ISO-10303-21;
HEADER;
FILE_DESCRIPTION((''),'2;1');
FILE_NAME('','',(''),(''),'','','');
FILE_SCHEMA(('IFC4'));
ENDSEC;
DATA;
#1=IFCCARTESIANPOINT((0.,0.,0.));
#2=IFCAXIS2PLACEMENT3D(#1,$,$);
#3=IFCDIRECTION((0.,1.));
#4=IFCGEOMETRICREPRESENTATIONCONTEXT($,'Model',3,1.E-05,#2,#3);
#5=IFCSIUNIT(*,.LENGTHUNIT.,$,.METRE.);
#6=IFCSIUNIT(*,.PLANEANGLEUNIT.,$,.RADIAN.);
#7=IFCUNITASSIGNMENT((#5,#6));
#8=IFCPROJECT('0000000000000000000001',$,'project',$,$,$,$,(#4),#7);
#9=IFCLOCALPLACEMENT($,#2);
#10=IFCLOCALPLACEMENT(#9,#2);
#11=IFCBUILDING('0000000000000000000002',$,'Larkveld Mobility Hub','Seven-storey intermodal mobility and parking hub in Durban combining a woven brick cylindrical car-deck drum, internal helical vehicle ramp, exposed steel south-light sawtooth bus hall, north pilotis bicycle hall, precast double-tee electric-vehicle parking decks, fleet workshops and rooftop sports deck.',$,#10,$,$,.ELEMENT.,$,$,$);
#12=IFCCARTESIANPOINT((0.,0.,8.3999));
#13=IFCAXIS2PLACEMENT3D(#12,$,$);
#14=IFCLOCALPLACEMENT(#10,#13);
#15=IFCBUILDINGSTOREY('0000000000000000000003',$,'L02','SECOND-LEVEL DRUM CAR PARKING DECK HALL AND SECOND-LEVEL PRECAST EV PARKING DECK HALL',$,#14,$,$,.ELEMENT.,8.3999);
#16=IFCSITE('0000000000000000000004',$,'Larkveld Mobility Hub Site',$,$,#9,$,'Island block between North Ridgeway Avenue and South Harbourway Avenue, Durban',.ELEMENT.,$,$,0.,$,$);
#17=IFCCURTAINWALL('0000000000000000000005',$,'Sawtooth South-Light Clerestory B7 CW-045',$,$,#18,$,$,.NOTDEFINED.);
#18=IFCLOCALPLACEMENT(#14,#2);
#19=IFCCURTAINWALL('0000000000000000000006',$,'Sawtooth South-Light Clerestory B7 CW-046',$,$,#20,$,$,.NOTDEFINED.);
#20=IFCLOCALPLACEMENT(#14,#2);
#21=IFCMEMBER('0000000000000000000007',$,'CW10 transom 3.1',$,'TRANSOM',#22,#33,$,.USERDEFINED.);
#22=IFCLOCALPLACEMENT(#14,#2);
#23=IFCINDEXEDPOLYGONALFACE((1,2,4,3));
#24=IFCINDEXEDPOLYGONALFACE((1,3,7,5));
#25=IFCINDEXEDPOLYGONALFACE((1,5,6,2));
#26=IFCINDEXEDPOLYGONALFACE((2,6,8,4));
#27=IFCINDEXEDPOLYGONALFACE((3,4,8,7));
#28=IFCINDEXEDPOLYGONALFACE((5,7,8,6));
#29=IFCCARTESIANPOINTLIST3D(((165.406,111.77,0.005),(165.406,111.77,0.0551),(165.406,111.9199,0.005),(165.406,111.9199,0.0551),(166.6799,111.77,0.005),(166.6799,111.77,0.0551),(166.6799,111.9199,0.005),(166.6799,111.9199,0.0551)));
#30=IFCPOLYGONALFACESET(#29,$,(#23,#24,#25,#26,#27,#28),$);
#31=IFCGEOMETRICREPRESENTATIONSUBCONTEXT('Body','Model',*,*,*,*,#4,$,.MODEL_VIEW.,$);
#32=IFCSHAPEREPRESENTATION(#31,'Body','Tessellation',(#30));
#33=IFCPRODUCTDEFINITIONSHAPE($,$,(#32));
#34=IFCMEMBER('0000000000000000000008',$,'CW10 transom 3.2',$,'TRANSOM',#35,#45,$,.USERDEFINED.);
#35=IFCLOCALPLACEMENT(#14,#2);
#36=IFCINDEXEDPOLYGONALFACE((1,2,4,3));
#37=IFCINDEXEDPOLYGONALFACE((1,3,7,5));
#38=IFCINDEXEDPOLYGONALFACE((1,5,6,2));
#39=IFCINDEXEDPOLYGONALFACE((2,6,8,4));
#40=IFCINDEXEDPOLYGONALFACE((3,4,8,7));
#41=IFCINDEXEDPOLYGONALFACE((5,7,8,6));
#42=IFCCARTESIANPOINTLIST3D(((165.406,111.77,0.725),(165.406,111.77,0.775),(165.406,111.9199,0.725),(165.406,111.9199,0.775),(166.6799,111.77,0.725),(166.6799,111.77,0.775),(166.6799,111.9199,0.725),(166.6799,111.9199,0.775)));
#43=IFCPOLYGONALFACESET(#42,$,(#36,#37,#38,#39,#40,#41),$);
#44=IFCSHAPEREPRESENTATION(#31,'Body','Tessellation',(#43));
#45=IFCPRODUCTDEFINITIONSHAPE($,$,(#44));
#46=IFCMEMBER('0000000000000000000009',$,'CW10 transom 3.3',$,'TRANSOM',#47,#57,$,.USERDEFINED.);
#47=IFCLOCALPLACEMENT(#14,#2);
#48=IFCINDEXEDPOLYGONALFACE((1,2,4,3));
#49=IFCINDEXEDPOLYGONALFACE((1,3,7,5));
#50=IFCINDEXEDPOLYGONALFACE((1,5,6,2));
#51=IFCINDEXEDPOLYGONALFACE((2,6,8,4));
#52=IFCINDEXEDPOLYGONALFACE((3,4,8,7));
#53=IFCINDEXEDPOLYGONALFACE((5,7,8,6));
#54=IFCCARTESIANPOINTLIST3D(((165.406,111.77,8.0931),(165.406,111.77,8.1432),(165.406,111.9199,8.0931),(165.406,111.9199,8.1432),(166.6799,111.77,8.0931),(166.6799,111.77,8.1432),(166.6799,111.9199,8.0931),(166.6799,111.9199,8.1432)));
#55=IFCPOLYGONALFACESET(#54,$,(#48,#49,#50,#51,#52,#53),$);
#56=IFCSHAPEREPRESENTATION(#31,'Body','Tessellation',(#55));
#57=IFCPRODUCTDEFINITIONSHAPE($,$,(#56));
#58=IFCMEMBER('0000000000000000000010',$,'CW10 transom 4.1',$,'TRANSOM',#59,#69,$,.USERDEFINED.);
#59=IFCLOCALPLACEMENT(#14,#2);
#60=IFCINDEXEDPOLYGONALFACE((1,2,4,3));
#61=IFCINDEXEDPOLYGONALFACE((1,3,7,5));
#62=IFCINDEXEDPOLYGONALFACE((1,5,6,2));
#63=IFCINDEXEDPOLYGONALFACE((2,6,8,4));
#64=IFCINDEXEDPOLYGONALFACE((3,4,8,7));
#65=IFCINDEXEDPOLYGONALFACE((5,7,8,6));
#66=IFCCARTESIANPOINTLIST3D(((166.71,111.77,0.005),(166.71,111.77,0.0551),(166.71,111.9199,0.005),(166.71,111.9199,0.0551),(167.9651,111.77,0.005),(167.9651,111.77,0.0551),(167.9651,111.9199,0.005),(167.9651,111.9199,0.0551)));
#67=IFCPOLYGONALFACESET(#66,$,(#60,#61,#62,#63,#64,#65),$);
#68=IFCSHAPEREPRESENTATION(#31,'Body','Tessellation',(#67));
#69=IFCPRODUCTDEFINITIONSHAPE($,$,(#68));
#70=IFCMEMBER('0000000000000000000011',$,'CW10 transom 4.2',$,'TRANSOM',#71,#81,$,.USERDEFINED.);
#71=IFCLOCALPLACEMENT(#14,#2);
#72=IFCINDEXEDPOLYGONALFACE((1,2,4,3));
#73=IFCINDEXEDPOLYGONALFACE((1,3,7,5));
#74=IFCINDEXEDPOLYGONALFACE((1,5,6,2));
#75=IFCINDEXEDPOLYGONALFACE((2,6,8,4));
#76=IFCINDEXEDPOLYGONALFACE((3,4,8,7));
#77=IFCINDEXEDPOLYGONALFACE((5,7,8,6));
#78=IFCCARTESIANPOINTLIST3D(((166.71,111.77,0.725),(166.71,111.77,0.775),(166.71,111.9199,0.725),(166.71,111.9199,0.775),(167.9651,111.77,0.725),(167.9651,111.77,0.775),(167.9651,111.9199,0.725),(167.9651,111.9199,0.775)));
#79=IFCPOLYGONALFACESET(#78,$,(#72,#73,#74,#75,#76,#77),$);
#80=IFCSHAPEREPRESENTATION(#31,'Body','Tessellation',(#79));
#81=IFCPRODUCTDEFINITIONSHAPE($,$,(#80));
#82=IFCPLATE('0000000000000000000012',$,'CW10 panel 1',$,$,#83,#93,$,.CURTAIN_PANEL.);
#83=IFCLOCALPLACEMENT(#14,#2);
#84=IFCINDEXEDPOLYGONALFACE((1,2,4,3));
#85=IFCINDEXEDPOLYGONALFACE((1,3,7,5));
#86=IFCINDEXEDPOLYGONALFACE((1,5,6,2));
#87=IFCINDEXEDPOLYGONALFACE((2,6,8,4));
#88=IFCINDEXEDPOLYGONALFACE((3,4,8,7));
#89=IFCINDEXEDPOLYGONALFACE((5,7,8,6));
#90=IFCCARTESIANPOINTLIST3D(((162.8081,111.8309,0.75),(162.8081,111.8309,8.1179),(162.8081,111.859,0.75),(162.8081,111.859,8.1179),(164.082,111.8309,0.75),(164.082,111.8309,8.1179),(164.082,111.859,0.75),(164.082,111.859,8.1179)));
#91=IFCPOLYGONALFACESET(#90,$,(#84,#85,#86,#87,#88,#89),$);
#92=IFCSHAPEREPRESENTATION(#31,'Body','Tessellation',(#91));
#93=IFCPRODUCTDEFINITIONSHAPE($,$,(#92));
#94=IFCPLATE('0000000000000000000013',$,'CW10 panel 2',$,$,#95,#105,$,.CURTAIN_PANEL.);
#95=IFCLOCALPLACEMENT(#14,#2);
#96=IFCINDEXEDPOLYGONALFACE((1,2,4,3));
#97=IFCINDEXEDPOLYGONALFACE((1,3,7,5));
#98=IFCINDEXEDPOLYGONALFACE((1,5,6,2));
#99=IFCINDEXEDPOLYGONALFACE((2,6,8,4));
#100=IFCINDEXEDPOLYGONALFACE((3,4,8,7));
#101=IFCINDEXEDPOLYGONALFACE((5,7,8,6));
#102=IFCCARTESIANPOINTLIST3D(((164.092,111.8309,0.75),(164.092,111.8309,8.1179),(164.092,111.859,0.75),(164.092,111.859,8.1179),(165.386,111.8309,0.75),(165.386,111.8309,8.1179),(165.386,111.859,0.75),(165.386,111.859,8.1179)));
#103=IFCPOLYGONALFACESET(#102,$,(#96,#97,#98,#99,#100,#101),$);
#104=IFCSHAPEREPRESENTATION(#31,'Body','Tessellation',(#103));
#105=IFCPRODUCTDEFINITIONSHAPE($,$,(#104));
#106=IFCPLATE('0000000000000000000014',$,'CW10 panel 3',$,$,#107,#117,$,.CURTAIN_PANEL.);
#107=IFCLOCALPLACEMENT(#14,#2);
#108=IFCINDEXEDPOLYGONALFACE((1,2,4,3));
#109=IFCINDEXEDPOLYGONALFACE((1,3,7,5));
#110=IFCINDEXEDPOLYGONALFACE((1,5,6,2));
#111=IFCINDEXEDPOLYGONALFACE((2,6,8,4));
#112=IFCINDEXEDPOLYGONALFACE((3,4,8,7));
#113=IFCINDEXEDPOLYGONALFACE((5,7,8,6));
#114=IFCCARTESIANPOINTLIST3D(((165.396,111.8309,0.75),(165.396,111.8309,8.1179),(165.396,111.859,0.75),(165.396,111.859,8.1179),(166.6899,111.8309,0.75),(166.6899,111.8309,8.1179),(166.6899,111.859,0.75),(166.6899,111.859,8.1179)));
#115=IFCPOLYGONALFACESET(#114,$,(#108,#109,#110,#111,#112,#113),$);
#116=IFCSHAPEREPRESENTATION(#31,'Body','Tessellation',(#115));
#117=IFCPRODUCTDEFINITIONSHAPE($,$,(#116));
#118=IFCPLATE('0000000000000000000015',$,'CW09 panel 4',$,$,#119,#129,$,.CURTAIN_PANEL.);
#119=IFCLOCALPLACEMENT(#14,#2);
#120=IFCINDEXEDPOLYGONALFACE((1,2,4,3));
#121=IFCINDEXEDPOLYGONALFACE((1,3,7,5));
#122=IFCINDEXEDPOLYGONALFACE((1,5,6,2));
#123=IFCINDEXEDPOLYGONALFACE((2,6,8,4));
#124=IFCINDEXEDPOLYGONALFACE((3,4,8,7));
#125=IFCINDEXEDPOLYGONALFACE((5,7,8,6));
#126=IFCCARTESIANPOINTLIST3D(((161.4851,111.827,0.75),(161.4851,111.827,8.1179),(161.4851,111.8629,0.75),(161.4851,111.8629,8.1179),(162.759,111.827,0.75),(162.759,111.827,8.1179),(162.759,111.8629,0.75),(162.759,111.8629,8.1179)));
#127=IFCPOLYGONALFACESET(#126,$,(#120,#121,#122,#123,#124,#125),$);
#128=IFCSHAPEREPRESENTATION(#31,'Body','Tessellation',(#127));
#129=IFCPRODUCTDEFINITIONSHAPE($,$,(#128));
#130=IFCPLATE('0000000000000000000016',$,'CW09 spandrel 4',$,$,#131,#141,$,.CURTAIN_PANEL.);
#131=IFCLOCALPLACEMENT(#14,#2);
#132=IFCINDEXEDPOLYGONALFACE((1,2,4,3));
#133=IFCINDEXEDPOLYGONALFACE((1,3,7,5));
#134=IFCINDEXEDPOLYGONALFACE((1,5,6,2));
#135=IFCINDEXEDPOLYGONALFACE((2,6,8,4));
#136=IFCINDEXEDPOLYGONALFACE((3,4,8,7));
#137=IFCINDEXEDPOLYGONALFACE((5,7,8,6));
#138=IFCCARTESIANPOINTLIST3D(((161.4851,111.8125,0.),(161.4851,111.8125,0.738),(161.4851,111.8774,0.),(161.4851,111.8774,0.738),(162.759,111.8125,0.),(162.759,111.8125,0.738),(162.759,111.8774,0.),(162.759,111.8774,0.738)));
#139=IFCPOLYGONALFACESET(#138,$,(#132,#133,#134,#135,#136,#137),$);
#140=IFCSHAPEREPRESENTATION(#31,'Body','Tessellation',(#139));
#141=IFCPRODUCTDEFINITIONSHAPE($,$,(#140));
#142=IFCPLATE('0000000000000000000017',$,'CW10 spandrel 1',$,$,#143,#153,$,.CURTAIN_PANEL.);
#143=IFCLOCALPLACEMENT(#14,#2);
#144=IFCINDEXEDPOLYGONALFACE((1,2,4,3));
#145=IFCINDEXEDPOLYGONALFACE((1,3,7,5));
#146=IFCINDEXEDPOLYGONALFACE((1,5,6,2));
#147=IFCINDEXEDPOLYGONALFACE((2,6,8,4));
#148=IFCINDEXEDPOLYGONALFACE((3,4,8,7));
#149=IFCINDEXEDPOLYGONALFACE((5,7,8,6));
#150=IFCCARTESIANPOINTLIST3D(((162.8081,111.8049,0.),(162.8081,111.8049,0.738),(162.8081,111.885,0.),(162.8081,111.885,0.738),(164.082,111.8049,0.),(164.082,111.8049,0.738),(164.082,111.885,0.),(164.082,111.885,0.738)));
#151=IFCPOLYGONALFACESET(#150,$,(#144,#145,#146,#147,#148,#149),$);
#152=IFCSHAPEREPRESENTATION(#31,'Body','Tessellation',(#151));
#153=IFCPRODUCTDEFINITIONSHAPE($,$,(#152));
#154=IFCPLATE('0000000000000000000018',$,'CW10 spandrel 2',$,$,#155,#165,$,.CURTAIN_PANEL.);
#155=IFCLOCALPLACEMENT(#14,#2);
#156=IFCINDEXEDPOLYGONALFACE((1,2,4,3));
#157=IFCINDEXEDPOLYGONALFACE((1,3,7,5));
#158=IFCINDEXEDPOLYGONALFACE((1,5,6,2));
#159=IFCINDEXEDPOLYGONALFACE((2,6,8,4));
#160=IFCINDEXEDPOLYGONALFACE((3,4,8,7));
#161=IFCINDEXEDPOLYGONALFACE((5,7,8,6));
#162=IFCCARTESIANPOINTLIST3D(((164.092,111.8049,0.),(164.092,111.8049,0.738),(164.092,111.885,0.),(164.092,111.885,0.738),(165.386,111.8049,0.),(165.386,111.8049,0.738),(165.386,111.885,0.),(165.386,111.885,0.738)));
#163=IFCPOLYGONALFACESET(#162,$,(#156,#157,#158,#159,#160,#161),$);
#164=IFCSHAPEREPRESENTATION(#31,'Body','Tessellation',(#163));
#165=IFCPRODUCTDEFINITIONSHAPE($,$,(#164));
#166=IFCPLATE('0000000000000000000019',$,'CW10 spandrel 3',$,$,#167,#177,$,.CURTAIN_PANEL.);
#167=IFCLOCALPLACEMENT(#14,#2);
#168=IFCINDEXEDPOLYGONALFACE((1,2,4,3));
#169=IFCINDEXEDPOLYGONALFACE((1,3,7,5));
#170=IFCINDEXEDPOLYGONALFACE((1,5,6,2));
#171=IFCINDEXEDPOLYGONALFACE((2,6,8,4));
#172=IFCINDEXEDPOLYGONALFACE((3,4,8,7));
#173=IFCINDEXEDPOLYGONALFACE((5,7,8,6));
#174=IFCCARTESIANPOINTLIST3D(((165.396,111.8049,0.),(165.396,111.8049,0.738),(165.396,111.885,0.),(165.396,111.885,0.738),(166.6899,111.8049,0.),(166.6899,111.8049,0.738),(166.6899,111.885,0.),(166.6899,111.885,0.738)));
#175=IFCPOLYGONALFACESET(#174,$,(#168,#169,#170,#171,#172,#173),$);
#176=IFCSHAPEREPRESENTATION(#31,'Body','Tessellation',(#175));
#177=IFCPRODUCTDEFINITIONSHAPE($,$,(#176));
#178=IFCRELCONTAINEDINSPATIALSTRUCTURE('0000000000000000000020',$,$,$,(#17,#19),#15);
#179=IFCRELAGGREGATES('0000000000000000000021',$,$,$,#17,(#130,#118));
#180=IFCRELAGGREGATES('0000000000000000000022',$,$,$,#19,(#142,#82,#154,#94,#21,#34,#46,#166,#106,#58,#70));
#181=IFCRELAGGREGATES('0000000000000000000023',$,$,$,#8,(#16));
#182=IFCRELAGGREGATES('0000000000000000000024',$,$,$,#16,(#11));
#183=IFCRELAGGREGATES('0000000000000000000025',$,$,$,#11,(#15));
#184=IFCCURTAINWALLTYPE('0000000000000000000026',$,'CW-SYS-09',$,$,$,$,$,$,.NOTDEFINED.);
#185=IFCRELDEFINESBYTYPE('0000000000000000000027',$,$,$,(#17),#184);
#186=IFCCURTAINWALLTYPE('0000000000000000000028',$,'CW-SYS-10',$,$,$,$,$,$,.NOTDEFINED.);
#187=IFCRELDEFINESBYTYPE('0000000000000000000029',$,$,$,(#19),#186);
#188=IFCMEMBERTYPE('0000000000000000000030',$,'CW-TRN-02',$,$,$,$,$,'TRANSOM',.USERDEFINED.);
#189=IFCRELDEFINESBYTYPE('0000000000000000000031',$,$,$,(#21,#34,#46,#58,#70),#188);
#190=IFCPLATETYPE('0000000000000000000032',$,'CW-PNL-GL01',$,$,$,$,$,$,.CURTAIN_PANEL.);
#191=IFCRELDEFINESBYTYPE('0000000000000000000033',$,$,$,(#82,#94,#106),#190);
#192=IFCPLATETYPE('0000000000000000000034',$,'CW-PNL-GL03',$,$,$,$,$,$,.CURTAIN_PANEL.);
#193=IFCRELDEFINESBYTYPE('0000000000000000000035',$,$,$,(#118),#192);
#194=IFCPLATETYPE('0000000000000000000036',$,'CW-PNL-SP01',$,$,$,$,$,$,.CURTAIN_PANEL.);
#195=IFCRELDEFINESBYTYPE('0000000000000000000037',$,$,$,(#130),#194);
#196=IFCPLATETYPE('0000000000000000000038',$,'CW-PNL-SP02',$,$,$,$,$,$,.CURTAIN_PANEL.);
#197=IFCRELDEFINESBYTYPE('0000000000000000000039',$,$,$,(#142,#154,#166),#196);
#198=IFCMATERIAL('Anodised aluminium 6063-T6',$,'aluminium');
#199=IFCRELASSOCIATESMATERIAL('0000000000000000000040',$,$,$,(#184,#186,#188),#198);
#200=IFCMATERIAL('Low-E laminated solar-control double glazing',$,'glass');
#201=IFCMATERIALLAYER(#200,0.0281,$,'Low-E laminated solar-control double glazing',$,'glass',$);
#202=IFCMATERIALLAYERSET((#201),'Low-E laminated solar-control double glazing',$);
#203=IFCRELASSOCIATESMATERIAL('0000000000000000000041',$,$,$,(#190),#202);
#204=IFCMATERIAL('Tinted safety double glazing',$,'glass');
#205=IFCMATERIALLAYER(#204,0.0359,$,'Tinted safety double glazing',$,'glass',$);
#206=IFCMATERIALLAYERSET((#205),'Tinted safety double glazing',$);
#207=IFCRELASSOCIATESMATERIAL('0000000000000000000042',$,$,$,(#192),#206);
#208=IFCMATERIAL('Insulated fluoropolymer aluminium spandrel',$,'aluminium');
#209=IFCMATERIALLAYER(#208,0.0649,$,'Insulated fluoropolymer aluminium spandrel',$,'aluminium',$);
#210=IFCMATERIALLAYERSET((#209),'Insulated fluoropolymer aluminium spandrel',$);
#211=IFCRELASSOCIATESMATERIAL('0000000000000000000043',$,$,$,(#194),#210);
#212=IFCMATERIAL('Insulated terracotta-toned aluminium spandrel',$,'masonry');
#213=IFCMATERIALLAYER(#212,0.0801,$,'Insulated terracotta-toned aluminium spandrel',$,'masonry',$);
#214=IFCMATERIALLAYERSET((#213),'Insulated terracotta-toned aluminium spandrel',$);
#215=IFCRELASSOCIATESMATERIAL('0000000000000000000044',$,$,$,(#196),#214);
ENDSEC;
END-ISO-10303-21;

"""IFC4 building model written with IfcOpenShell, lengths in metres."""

from ifc_helpers import new_model, si_unit, direction, frame, origin, origin_2d, place, context, subcontext, project, spatial, rectangle, extrude, material, layer, layer_set, material_profile, profile_set, type_object, element, aggregate, save


model = new_model("IFC4")

# Units and contexts
model_context = context("Model", 3, precision=1e-05, world=origin(), true_north=direction((0.0, 1.0)))
body_context = subcontext(model_context, "Body", "Model", "MODEL_VIEW")
ifc_project = project(units=[si_unit("LENGTHUNIT", "METRE"), si_unit("PLANEANGLEUNIT", "RADIAN")], contexts=[model_context])

# Site, building, storey
site_placement = place(None, origin())
site = spatial("IfcSite", under=ifc_project, at=site_placement, Name="Larkveld Mobility Hub Site", LongName="Island block between North Ridgeway Avenue and South Harbourway Avenue, Durban", CompositionType="ELEMENT", RefElevation=0.0)
building_placement = place(site_placement, origin())
building = spatial("IfcBuilding", under=site, at=building_placement, Name="Larkveld Mobility Hub", Description="Seven-storey intermodal mobility and parking hub in Durban combining a woven brick cylindrical car-deck drum, internal helical vehicle ramp, exposed steel south-light sawtooth bus hall, north pilotis bicycle hall, precast double-tee electric-vehicle parking decks, fleet workshops and rooftop sports deck.", CompositionType="ELEMENT")
storey_placement = place(building_placement, frame((0.0, 0.0, 8.3999)))
storey = spatial("IfcBuildingStorey", under=building, at=storey_placement, Name="L02", Description="SECOND-LEVEL DRUM CAR PARKING DECK HALL AND SECOND-LEVEL PRECAST EV PARKING DECK HALL", CompositionType="ELEMENT", Elevation=8.3999)

# Curtain wall
ifc_material_1 = material(Name="Anodised aluminium 6063-T6", Category="aluminium")
curtain_wall_type_1 = type_object("IfcCurtainWallType", Name="CW-SYS-09", PredefinedType="NOTDEFINED", material=ifc_material_1)
curtain_wall_1_placement = place(storey_placement, origin())
curtain_wall_1 = element("IfcCurtainWall", 1, at=curtain_wall_1_placement, inside=storey, type_object=curtain_wall_type_1, Name="Sawtooth South-Light Clerestory B7 CW-045", PredefinedType="NOTDEFINED")

# Curtain wall
curtain_wall_type_2 = type_object("IfcCurtainWallType", Name="CW-SYS-10", PredefinedType="NOTDEFINED", material=ifc_material_1)
curtain_wall_2_placement = place(storey_placement, origin())
curtain_wall_2 = element("IfcCurtainWall", 2, at=curtain_wall_2_placement, inside=storey, type_object=curtain_wall_type_2, Name="Sawtooth South-Light Clerestory B7 CW-046", PredefinedType="NOTDEFINED")

# Members
ifc_material_profile_1 = material_profile(ifc_material_1, rectangle(XDim=0.1499, YDim=0.05, at=origin_2d()), Name="ALU TRAN 50x150")
ifc_profile_set_1 = profile_set([ifc_material_profile_1], Name="Anodised aluminium 6063-T6")
member_type_1 = type_object("IfcMemberType", Name="CW-TRN-02", ElementType="TRANSOM", PredefinedType="USERDEFINED", material=ifc_profile_set_1)
member_1_placement = place(storey_placement, frame((165.406, 111.845, 0.03), z_axis=(1.0, 0.0, 0.0), x_axis=(0.0, 1.0, 0.0)))
member_1 = element("IfcMember", 3, at=member_1_placement, type_object=member_type_1, Name="CW10 transom 3.1", ObjectType="TRANSOM", PredefinedType="USERDEFINED", context=body_context, shape_type="SweptSolid", body=[
    extrude(rectangle(XDim=0.1499, YDim=0.05, at=origin_2d()), origin(), (0.0, 0.0, 1.0), 1.2739),
])
member_2_placement = place(storey_placement, frame((165.406, 111.845, 0.75), z_axis=(1.0, 0.0, 0.0), x_axis=(0.0, 1.0, 0.0)))
member_2 = element("IfcMember", 4, at=member_2_placement, type_object=member_type_1, Name="CW10 transom 3.2", ObjectType="TRANSOM", PredefinedType="USERDEFINED", context=body_context, shape_type="SweptSolid", body=[
    extrude(rectangle(XDim=0.1499, YDim=0.05, at=origin_2d()), origin(), (0.0, 0.0, 1.0), 1.2739),
])
member_3_placement = place(storey_placement, frame((165.406, 111.845, 8.1182), z_axis=(1.0, 0.0, 0.0), x_axis=(0.0, 1.0, 0.0)))
member_3 = element("IfcMember", 5, at=member_3_placement, type_object=member_type_1, Name="CW10 transom 3.3", ObjectType="TRANSOM", PredefinedType="USERDEFINED", context=body_context, shape_type="SweptSolid", body=[
    extrude(rectangle(XDim=0.1499, YDim=0.05, at=origin_2d()), origin(), (0.0, 0.0, 1.0), 1.2739),
])
member_4_placement = place(storey_placement, frame((166.71, 111.845, 0.03), z_axis=(1.0, 0.0, 0.0), x_axis=(0.0, 1.0, 0.0)))
member_4 = element("IfcMember", 6, at=member_4_placement, type_object=member_type_1, Name="CW10 transom 4.1", ObjectType="TRANSOM", PredefinedType="USERDEFINED", context=body_context, shape_type="SweptSolid", body=[
    extrude(rectangle(XDim=0.1499, YDim=0.05, at=origin_2d()), origin(), (0.0, 0.0, 1.0), 1.2551),
])
member_5_placement = place(storey_placement, frame((166.71, 111.845, 0.75), z_axis=(1.0, 0.0, 0.0), x_axis=(0.0, 1.0, 0.0)))
member_5 = element("IfcMember", 7, at=member_5_placement, type_object=member_type_1, Name="CW10 transom 4.2", ObjectType="TRANSOM", PredefinedType="USERDEFINED", context=body_context, shape_type="SweptSolid", body=[
    extrude(rectangle(XDim=0.1499, YDim=0.05, at=origin_2d()), origin(), (0.0, 0.0, 1.0), 1.2551),
])

# Plates
ifc_material_2 = material(Name="Low-E laminated solar-control double glazing", Category="glass")
ifc_layer_1 = layer(ifc_material_2, 0.0281, Name="Low-E laminated solar-control double glazing", Category="glass")
ifc_layer_set_1 = layer_set([ifc_layer_1], Name="Low-E laminated solar-control double glazing")
plate_type_1 = type_object("IfcPlateType", Name="CW-PNL-GL01", PredefinedType="CURTAIN_PANEL", material=ifc_layer_set_1)
plate_1_placement = place(storey_placement, frame((163.4451, 111.845, 0.75), z_axis=(0.0, 0.0, 1.0), x_axis=(1.0, 0.0, 0.0)))
plate_1 = element("IfcPlate", 8, at=plate_1_placement, type_object=plate_type_1, Name="CW10 panel 1", PredefinedType="CURTAIN_PANEL", context=body_context, shape_type="SweptSolid", body=[
    extrude(rectangle(XDim=1.2739, YDim=0.0281, at=origin_2d()), origin(), (0.0, 0.0, 1.0), 7.3679),
])
plate_2_placement = place(storey_placement, frame((164.739, 111.845, 0.75), z_axis=(0.0, 0.0, 1.0), x_axis=(1.0, 0.0, 0.0)))
plate_2 = element("IfcPlate", 9, at=plate_2_placement, type_object=plate_type_1, Name="CW10 panel 2", PredefinedType="CURTAIN_PANEL", context=body_context, shape_type="SweptSolid", body=[
    extrude(rectangle(XDim=1.2939, YDim=0.0281, at=origin_2d()), origin(), (0.0, 0.0, 1.0), 7.3679),
])
plate_3_placement = place(storey_placement, frame((166.043, 111.845, 0.75), z_axis=(0.0, 0.0, 1.0), x_axis=(1.0, 0.0, 0.0)))
plate_3 = element("IfcPlate", 10, at=plate_3_placement, type_object=plate_type_1, Name="CW10 panel 3", PredefinedType="CURTAIN_PANEL", context=body_context, shape_type="SweptSolid", body=[
    extrude(rectangle(XDim=1.2939, YDim=0.0281, at=origin_2d()), origin(), (0.0, 0.0, 1.0), 7.3679),
])
ifc_material_3 = material(Name="Tinted safety double glazing", Category="glass")
ifc_layer_2 = layer(ifc_material_3, 0.0359, Name="Tinted safety double glazing", Category="glass")
ifc_layer_set_2 = layer_set([ifc_layer_2], Name="Tinted safety double glazing")
plate_type_2 = type_object("IfcPlateType", Name="CW-PNL-GL03", PredefinedType="CURTAIN_PANEL", material=ifc_layer_set_2)
plate_4_placement = place(storey_placement, frame((162.1221, 111.845, 0.75), z_axis=(0.0, 0.0, 1.0), x_axis=(1.0, 0.0, 0.0)))
plate_4 = element("IfcPlate", 11, at=plate_4_placement, type_object=plate_type_2, Name="CW09 panel 4", PredefinedType="CURTAIN_PANEL", context=body_context, shape_type="SweptSolid", body=[
    extrude(rectangle(XDim=1.2739, YDim=0.0359, at=origin_2d()), origin(), (0.0, 0.0, 1.0), 7.3679),
])
ifc_material_4 = material(Name="Insulated fluoropolymer aluminium spandrel", Category="aluminium")
ifc_layer_3 = layer(ifc_material_4, 0.0649, Name="Insulated fluoropolymer aluminium spandrel", Category="aluminium")
ifc_layer_set_3 = layer_set([ifc_layer_3], Name="Insulated fluoropolymer aluminium spandrel")
plate_type_3 = type_object("IfcPlateType", Name="CW-PNL-SP01", PredefinedType="CURTAIN_PANEL", material=ifc_layer_set_3)
plate_5_placement = place(storey_placement, frame((162.1221, 111.845, 0.0), z_axis=(0.0, 0.0, 1.0), x_axis=(1.0, 0.0, 0.0)))
plate_5 = element("IfcPlate", 12, at=plate_5_placement, type_object=plate_type_3, Name="CW09 spandrel 4", PredefinedType="CURTAIN_PANEL", context=body_context, shape_type="SweptSolid", body=[
    extrude(rectangle(XDim=1.2739, YDim=0.0649, at=origin_2d()), origin(), (0.0, 0.0, 1.0), 0.738),
])
aggregate(curtain_wall_1, [plate_5, plate_4])
ifc_material_5 = material(Name="Insulated terracotta-toned aluminium spandrel", Category="masonry")
ifc_layer_4 = layer(ifc_material_5, 0.0801, Name="Insulated terracotta-toned aluminium spandrel", Category="masonry")
ifc_layer_set_4 = layer_set([ifc_layer_4], Name="Insulated terracotta-toned aluminium spandrel")
plate_type_4 = type_object("IfcPlateType", Name="CW-PNL-SP02", PredefinedType="CURTAIN_PANEL", material=ifc_layer_set_4)
plate_6_placement = place(storey_placement, frame((163.4451, 111.845, 0.0), z_axis=(0.0, 0.0, 1.0), x_axis=(1.0, 0.0, 0.0)))
plate_6 = element("IfcPlate", 13, at=plate_6_placement, type_object=plate_type_4, Name="CW10 spandrel 1", PredefinedType="CURTAIN_PANEL", context=body_context, shape_type="SweptSolid", body=[
    extrude(rectangle(XDim=1.2739, YDim=0.0801, at=origin_2d()), origin(), (0.0, 0.0, 1.0), 0.738),
])
plate_7_placement = place(storey_placement, frame((164.739, 111.845, 0.0), z_axis=(0.0, 0.0, 1.0), x_axis=(1.0, 0.0, 0.0)))
plate_7 = element("IfcPlate", 14, at=plate_7_placement, type_object=plate_type_4, Name="CW10 spandrel 2", PredefinedType="CURTAIN_PANEL", context=body_context, shape_type="SweptSolid", body=[
    extrude(rectangle(XDim=1.2939, YDim=0.0801, at=origin_2d()), origin(), (0.0, 0.0, 1.0), 0.738),
])
plate_8_placement = place(storey_placement, frame((166.043, 111.845, 0.0), z_axis=(0.0, 0.0, 1.0), x_axis=(1.0, 0.0, 0.0)))
plate_8 = element("IfcPlate", 15, at=plate_8_placement, type_object=plate_type_4, Name="CW10 spandrel 3", PredefinedType="CURTAIN_PANEL", context=body_context, shape_type="SweptSolid", body=[
    extrude(rectangle(XDim=1.2939, YDim=0.0801, at=origin_2d()), origin(), (0.0, 0.0, 1.0), 0.738),
])
aggregate(curtain_wall_2, [plate_6, plate_1, plate_7, plate_2, member_1, member_2, member_3, plate_8, plate_3, member_4, member_5])

save(model, "model.ifc")
